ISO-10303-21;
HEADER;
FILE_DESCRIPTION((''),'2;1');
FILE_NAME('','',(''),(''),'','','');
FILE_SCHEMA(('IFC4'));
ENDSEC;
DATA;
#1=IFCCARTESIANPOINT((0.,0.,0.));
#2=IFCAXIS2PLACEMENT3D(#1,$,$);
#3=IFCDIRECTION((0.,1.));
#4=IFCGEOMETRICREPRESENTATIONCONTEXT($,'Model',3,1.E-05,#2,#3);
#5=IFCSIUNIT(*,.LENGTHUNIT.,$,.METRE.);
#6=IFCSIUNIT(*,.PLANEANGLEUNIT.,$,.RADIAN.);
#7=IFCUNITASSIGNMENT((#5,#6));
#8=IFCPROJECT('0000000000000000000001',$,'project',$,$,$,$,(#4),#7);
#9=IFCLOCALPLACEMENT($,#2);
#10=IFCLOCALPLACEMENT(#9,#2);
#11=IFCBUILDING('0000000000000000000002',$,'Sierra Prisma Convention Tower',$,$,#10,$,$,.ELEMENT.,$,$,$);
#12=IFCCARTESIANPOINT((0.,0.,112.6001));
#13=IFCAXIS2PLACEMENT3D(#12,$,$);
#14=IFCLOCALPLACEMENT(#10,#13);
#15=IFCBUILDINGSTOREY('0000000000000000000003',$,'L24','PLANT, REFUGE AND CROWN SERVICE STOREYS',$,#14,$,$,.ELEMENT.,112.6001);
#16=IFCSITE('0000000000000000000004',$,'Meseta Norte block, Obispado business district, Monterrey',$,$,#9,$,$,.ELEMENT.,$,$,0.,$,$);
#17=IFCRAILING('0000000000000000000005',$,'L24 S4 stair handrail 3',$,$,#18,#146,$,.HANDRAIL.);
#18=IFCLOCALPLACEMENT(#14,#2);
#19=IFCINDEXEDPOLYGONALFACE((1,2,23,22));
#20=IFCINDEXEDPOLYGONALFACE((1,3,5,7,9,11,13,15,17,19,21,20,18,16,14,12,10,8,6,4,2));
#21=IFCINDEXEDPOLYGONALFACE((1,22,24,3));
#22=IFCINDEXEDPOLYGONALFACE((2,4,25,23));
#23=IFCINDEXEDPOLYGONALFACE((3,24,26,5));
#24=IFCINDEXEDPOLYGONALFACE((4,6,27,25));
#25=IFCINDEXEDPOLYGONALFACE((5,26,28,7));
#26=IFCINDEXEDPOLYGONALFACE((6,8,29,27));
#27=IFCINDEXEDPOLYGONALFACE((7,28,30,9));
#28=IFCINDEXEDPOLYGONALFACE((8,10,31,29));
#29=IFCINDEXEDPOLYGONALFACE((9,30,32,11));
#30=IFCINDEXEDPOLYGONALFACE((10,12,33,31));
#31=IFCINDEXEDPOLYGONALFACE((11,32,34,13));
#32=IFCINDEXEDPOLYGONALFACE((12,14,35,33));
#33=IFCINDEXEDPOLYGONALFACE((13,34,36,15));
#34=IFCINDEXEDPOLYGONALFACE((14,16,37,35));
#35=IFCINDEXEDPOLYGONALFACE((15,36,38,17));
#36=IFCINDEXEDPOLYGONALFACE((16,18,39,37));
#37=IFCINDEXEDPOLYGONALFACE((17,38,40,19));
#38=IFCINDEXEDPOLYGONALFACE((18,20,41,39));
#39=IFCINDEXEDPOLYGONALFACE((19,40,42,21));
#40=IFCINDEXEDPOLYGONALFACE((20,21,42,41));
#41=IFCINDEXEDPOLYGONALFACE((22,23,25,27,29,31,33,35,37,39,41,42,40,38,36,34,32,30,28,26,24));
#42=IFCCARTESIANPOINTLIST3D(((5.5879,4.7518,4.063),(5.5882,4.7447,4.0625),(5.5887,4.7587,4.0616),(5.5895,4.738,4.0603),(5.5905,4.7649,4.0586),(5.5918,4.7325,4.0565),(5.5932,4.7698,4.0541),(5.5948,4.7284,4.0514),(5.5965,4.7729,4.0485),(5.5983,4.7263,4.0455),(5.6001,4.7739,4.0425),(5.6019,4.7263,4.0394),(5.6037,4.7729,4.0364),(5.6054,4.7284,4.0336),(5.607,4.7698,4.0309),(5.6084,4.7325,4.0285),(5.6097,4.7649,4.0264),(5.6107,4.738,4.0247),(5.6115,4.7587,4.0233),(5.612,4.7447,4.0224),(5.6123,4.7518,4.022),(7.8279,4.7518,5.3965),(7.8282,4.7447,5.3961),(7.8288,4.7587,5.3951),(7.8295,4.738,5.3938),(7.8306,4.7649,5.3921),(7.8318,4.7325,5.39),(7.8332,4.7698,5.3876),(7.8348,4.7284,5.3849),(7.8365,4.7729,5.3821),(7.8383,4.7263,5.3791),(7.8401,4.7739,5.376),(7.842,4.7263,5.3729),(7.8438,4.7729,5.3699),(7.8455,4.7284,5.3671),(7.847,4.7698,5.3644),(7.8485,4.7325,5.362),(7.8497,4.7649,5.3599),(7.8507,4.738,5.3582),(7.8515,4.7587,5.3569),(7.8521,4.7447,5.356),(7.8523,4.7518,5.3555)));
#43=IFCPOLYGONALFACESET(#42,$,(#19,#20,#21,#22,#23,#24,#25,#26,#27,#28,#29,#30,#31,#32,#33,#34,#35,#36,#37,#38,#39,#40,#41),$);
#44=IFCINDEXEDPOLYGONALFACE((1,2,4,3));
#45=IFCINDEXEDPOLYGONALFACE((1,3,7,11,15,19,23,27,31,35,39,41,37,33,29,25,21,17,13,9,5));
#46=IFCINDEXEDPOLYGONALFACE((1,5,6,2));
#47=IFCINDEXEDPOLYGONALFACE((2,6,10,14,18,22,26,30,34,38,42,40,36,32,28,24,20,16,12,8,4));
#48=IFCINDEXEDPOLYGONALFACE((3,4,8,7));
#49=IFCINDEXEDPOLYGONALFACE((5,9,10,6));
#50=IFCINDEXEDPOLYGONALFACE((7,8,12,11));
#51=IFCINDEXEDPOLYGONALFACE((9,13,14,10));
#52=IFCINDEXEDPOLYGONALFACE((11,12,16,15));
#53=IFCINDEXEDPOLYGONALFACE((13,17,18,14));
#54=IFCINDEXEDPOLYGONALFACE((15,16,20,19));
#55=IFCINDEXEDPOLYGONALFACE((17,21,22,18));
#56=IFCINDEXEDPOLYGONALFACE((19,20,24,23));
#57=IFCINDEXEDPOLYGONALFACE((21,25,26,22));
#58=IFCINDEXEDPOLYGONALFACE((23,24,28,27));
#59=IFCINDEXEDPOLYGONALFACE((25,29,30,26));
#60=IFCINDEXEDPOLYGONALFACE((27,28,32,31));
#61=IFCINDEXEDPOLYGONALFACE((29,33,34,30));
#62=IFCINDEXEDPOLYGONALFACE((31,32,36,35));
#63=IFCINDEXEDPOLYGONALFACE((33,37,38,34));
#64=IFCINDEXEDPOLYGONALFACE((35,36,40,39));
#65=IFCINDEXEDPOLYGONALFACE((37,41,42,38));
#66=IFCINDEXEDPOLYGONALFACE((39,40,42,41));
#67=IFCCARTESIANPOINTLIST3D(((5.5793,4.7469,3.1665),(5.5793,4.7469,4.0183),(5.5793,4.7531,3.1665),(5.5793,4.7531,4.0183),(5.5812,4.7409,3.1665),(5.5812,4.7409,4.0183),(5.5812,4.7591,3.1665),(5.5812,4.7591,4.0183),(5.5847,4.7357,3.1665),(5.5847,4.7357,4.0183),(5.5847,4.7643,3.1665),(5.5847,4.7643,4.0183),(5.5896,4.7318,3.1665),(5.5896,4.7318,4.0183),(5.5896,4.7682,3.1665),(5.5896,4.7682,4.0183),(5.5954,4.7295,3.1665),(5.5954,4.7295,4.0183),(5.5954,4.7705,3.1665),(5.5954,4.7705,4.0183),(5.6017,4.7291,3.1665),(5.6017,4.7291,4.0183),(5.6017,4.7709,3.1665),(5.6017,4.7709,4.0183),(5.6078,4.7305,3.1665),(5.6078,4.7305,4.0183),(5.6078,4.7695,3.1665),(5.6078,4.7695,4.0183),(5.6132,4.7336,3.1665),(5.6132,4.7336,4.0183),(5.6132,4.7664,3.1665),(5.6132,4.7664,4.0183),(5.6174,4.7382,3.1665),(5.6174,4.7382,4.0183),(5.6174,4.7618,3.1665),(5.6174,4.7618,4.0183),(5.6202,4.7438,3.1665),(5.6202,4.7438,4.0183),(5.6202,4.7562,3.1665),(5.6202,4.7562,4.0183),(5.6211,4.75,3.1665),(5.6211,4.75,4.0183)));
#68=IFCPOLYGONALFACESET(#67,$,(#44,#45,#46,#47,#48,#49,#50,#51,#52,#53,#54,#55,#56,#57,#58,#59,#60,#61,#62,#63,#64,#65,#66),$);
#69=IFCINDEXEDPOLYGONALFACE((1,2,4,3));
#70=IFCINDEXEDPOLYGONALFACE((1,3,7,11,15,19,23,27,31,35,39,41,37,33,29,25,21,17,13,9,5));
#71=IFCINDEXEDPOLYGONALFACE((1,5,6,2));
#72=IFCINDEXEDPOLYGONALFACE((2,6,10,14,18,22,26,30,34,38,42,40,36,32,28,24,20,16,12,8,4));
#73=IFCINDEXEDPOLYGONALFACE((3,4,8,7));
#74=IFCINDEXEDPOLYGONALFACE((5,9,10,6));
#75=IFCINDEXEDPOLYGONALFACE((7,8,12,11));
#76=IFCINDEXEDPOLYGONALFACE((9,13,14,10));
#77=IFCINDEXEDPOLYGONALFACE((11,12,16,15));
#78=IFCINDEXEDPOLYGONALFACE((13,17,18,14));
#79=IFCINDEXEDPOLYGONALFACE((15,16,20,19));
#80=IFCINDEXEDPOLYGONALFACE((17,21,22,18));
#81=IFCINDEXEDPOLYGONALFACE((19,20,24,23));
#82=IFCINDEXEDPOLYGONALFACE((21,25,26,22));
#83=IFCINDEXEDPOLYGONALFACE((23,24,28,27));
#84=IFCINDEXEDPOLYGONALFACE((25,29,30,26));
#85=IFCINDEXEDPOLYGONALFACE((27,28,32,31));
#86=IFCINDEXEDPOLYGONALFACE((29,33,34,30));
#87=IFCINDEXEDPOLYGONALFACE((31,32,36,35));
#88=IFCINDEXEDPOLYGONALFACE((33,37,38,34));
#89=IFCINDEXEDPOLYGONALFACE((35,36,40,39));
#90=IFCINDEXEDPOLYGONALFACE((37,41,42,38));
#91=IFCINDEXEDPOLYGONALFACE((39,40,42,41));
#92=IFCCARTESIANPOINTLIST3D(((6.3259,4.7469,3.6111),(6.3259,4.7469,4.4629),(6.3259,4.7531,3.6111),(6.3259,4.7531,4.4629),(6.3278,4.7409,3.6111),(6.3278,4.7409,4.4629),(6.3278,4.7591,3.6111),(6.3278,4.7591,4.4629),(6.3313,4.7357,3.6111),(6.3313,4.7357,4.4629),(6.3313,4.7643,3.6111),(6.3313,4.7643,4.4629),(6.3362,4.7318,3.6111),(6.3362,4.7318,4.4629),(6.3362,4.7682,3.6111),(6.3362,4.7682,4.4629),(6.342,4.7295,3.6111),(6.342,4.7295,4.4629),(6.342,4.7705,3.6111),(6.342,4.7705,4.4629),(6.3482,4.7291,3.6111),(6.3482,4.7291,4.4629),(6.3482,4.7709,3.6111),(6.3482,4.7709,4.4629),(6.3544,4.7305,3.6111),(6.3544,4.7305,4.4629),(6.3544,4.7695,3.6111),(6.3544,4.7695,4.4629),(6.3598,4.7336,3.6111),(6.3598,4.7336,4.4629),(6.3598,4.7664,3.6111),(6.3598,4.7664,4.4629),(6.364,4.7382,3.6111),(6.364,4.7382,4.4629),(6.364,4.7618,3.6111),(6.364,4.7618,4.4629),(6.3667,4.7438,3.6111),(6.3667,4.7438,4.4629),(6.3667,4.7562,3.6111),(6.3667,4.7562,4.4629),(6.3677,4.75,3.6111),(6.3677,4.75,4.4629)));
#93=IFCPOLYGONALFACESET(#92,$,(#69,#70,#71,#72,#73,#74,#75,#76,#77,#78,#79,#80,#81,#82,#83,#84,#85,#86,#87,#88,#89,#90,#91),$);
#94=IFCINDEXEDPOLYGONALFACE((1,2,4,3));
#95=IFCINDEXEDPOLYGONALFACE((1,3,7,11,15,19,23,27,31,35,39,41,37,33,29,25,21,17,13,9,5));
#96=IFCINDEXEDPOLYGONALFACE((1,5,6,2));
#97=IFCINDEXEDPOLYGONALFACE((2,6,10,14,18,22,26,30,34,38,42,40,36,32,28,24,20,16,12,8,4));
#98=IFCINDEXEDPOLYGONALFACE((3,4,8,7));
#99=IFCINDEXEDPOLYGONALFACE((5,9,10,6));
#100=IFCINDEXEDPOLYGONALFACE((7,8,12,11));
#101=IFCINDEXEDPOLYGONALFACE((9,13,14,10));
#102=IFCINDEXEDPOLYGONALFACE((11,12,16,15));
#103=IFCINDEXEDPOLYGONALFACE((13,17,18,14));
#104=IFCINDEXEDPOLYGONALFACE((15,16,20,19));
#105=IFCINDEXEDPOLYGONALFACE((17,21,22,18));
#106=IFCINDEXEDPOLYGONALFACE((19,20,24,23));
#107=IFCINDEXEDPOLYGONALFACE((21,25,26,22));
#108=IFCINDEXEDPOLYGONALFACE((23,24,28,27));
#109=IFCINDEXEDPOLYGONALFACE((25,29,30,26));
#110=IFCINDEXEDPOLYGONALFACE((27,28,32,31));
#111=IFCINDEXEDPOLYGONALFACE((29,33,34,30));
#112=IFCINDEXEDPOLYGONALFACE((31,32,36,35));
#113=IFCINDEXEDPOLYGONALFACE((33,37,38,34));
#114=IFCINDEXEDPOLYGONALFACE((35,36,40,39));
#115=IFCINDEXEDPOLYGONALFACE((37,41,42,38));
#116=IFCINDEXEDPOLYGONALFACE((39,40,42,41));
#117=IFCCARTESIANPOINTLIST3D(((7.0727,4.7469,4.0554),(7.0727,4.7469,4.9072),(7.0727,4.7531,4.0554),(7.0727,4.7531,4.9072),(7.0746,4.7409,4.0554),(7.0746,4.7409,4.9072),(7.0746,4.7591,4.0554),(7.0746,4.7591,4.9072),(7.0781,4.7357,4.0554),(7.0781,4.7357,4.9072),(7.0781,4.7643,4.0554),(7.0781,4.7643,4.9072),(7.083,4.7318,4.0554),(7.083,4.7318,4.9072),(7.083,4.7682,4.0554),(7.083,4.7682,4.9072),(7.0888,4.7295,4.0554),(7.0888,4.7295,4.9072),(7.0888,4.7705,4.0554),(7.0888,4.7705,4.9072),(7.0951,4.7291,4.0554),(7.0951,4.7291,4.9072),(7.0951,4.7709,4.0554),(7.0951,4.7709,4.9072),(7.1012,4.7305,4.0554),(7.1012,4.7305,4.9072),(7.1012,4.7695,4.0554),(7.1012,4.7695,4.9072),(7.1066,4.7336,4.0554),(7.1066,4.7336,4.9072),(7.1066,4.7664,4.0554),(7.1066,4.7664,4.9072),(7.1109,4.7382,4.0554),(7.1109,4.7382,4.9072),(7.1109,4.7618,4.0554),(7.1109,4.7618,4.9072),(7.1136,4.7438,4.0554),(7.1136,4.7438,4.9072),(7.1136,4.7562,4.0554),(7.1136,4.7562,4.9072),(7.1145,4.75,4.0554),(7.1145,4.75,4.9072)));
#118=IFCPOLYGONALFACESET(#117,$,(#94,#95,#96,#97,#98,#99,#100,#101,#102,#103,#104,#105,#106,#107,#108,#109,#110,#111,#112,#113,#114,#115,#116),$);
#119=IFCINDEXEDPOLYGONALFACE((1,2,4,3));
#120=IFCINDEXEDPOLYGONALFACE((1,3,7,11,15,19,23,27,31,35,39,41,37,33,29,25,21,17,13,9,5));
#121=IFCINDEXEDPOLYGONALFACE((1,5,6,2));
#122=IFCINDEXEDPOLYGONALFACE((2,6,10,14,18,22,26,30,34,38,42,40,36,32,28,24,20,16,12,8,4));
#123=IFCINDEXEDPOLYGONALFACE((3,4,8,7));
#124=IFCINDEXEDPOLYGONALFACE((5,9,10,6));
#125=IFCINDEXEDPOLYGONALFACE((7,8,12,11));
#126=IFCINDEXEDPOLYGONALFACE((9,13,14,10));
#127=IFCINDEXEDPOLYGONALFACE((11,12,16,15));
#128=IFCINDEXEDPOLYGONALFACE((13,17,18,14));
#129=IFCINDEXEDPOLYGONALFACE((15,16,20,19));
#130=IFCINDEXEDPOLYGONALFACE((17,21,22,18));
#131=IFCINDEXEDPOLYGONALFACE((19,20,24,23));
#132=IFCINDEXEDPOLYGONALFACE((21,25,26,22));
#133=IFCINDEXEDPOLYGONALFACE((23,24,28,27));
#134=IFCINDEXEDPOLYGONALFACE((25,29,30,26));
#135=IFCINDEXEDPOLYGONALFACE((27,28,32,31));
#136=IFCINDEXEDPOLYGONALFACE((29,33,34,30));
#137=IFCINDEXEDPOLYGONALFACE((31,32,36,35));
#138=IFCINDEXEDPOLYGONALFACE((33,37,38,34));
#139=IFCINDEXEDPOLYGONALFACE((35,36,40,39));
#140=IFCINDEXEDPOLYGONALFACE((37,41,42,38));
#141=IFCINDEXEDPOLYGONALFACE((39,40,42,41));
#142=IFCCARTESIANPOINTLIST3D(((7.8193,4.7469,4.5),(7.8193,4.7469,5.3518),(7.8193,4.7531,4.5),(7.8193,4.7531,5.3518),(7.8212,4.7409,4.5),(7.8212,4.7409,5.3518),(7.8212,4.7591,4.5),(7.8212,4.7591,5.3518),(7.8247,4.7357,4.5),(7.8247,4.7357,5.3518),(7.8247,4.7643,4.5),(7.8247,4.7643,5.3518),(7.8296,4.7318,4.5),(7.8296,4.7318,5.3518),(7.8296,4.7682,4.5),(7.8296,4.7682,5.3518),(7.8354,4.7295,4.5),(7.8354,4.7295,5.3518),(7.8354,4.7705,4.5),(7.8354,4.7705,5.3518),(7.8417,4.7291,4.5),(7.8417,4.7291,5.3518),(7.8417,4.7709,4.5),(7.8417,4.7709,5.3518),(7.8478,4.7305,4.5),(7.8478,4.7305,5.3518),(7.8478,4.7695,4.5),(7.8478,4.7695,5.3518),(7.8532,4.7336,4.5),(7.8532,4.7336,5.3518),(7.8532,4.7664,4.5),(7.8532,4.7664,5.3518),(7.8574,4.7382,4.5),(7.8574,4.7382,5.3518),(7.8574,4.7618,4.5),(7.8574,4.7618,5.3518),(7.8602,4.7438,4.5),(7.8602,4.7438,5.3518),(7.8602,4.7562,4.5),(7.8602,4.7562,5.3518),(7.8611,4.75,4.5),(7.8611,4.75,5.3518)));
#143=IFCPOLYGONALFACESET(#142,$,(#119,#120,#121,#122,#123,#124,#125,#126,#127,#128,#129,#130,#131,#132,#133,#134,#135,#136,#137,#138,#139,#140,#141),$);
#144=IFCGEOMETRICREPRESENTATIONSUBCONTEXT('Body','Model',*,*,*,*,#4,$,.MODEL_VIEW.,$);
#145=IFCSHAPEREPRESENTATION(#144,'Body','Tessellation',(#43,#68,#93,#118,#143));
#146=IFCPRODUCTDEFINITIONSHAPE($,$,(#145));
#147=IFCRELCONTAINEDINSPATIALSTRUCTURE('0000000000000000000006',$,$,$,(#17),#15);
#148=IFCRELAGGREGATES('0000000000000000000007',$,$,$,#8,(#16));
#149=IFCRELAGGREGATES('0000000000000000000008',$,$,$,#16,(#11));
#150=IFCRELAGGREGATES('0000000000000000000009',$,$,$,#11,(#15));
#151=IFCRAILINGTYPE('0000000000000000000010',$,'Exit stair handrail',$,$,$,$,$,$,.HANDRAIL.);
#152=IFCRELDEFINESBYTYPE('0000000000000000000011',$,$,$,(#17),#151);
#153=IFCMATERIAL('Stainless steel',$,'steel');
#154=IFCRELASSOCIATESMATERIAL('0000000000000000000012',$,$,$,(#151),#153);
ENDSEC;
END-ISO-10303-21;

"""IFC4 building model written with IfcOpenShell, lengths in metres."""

from ifc_helpers import new_model, si_unit, direction, frame, origin, origin_2d, place, context, subcontext, project, spatial, circle, extrude, material, type_object, element, save


model = new_model("IFC4")

# Units and contexts
model_context = context("Model", 3, precision=1e-05, world=origin(), true_north=direction((0.0, 1.0)))
body_context = subcontext(model_context, "Body", "Model", "MODEL_VIEW")
ifc_project = project(units=[si_unit("LENGTHUNIT", "METRE"), si_unit("PLANEANGLEUNIT", "RADIAN")], contexts=[model_context])

# Site, building, storey
site_placement = place(None, origin())
site = spatial("IfcSite", under=ifc_project, at=site_placement, Name="Meseta Norte block, Obispado business district, Monterrey", CompositionType="ELEMENT", RefElevation=0.0)
building_placement = place(site_placement, origin())
building = spatial("IfcBuilding", under=site, at=building_placement, Name="Sierra Prisma Convention Tower", CompositionType="ELEMENT")
storey_placement = place(building_placement, frame((0.0, 0.0, 112.6001)))
storey = spatial("IfcBuildingStorey", under=building, at=storey_placement, Name="L24", Description="PLANT, REFUGE AND CROWN SERVICE STOREYS", CompositionType="ELEMENT", Elevation=112.6001)

# Railing
ifc_material_1 = material(Name="Stainless steel", Category="steel")
railing_type_1 = type_object("IfcRailingType", Name="Exit stair handrail", PredefinedType="HANDRAIL", material=ifc_material_1)
for number, where, name in (
    (1, (5.6001, 4.75, 3.1665), "L24 S4 stair handrail 3"),
):
    element("IfcRailing", number, at=place(storey_placement, frame(where)), inside=storey, type_object=railing_type_1, Name=name, PredefinedType="HANDRAIL", context=body_context, shape_type="SweptSolid", body=[
        extrude(circle(Radius=0.0239, at=origin_2d()), frame((0.0, 0.0, 0.876), z_axis=(0.859264, 0.0, 0.511532), x_axis=(0.0, 1.0, 0.0)), (0.0, 0.0, 1.0), 2.6069),
        extrude(circle(Radius=0.021, at=origin_2d()), origin(), (0.0, 0.0, 1.0), 0.8518),
        extrude(circle(Radius=0.021, at=origin_2d()), frame((0.7466, 0.0, 0.4446)), (0.0, 0.0, 1.0), 0.8518),
        extrude(circle(Radius=0.021, at=origin_2d()), frame((1.4934, 0.0, 0.8889)), (0.0, 0.0, 1.0), 0.8518),
        extrude(circle(Radius=0.021, at=origin_2d()), frame((2.24, 0.0, 1.3335)), (0.0, 0.0, 1.0), 0.8518),
    ])

save(model, "model.ifc")
